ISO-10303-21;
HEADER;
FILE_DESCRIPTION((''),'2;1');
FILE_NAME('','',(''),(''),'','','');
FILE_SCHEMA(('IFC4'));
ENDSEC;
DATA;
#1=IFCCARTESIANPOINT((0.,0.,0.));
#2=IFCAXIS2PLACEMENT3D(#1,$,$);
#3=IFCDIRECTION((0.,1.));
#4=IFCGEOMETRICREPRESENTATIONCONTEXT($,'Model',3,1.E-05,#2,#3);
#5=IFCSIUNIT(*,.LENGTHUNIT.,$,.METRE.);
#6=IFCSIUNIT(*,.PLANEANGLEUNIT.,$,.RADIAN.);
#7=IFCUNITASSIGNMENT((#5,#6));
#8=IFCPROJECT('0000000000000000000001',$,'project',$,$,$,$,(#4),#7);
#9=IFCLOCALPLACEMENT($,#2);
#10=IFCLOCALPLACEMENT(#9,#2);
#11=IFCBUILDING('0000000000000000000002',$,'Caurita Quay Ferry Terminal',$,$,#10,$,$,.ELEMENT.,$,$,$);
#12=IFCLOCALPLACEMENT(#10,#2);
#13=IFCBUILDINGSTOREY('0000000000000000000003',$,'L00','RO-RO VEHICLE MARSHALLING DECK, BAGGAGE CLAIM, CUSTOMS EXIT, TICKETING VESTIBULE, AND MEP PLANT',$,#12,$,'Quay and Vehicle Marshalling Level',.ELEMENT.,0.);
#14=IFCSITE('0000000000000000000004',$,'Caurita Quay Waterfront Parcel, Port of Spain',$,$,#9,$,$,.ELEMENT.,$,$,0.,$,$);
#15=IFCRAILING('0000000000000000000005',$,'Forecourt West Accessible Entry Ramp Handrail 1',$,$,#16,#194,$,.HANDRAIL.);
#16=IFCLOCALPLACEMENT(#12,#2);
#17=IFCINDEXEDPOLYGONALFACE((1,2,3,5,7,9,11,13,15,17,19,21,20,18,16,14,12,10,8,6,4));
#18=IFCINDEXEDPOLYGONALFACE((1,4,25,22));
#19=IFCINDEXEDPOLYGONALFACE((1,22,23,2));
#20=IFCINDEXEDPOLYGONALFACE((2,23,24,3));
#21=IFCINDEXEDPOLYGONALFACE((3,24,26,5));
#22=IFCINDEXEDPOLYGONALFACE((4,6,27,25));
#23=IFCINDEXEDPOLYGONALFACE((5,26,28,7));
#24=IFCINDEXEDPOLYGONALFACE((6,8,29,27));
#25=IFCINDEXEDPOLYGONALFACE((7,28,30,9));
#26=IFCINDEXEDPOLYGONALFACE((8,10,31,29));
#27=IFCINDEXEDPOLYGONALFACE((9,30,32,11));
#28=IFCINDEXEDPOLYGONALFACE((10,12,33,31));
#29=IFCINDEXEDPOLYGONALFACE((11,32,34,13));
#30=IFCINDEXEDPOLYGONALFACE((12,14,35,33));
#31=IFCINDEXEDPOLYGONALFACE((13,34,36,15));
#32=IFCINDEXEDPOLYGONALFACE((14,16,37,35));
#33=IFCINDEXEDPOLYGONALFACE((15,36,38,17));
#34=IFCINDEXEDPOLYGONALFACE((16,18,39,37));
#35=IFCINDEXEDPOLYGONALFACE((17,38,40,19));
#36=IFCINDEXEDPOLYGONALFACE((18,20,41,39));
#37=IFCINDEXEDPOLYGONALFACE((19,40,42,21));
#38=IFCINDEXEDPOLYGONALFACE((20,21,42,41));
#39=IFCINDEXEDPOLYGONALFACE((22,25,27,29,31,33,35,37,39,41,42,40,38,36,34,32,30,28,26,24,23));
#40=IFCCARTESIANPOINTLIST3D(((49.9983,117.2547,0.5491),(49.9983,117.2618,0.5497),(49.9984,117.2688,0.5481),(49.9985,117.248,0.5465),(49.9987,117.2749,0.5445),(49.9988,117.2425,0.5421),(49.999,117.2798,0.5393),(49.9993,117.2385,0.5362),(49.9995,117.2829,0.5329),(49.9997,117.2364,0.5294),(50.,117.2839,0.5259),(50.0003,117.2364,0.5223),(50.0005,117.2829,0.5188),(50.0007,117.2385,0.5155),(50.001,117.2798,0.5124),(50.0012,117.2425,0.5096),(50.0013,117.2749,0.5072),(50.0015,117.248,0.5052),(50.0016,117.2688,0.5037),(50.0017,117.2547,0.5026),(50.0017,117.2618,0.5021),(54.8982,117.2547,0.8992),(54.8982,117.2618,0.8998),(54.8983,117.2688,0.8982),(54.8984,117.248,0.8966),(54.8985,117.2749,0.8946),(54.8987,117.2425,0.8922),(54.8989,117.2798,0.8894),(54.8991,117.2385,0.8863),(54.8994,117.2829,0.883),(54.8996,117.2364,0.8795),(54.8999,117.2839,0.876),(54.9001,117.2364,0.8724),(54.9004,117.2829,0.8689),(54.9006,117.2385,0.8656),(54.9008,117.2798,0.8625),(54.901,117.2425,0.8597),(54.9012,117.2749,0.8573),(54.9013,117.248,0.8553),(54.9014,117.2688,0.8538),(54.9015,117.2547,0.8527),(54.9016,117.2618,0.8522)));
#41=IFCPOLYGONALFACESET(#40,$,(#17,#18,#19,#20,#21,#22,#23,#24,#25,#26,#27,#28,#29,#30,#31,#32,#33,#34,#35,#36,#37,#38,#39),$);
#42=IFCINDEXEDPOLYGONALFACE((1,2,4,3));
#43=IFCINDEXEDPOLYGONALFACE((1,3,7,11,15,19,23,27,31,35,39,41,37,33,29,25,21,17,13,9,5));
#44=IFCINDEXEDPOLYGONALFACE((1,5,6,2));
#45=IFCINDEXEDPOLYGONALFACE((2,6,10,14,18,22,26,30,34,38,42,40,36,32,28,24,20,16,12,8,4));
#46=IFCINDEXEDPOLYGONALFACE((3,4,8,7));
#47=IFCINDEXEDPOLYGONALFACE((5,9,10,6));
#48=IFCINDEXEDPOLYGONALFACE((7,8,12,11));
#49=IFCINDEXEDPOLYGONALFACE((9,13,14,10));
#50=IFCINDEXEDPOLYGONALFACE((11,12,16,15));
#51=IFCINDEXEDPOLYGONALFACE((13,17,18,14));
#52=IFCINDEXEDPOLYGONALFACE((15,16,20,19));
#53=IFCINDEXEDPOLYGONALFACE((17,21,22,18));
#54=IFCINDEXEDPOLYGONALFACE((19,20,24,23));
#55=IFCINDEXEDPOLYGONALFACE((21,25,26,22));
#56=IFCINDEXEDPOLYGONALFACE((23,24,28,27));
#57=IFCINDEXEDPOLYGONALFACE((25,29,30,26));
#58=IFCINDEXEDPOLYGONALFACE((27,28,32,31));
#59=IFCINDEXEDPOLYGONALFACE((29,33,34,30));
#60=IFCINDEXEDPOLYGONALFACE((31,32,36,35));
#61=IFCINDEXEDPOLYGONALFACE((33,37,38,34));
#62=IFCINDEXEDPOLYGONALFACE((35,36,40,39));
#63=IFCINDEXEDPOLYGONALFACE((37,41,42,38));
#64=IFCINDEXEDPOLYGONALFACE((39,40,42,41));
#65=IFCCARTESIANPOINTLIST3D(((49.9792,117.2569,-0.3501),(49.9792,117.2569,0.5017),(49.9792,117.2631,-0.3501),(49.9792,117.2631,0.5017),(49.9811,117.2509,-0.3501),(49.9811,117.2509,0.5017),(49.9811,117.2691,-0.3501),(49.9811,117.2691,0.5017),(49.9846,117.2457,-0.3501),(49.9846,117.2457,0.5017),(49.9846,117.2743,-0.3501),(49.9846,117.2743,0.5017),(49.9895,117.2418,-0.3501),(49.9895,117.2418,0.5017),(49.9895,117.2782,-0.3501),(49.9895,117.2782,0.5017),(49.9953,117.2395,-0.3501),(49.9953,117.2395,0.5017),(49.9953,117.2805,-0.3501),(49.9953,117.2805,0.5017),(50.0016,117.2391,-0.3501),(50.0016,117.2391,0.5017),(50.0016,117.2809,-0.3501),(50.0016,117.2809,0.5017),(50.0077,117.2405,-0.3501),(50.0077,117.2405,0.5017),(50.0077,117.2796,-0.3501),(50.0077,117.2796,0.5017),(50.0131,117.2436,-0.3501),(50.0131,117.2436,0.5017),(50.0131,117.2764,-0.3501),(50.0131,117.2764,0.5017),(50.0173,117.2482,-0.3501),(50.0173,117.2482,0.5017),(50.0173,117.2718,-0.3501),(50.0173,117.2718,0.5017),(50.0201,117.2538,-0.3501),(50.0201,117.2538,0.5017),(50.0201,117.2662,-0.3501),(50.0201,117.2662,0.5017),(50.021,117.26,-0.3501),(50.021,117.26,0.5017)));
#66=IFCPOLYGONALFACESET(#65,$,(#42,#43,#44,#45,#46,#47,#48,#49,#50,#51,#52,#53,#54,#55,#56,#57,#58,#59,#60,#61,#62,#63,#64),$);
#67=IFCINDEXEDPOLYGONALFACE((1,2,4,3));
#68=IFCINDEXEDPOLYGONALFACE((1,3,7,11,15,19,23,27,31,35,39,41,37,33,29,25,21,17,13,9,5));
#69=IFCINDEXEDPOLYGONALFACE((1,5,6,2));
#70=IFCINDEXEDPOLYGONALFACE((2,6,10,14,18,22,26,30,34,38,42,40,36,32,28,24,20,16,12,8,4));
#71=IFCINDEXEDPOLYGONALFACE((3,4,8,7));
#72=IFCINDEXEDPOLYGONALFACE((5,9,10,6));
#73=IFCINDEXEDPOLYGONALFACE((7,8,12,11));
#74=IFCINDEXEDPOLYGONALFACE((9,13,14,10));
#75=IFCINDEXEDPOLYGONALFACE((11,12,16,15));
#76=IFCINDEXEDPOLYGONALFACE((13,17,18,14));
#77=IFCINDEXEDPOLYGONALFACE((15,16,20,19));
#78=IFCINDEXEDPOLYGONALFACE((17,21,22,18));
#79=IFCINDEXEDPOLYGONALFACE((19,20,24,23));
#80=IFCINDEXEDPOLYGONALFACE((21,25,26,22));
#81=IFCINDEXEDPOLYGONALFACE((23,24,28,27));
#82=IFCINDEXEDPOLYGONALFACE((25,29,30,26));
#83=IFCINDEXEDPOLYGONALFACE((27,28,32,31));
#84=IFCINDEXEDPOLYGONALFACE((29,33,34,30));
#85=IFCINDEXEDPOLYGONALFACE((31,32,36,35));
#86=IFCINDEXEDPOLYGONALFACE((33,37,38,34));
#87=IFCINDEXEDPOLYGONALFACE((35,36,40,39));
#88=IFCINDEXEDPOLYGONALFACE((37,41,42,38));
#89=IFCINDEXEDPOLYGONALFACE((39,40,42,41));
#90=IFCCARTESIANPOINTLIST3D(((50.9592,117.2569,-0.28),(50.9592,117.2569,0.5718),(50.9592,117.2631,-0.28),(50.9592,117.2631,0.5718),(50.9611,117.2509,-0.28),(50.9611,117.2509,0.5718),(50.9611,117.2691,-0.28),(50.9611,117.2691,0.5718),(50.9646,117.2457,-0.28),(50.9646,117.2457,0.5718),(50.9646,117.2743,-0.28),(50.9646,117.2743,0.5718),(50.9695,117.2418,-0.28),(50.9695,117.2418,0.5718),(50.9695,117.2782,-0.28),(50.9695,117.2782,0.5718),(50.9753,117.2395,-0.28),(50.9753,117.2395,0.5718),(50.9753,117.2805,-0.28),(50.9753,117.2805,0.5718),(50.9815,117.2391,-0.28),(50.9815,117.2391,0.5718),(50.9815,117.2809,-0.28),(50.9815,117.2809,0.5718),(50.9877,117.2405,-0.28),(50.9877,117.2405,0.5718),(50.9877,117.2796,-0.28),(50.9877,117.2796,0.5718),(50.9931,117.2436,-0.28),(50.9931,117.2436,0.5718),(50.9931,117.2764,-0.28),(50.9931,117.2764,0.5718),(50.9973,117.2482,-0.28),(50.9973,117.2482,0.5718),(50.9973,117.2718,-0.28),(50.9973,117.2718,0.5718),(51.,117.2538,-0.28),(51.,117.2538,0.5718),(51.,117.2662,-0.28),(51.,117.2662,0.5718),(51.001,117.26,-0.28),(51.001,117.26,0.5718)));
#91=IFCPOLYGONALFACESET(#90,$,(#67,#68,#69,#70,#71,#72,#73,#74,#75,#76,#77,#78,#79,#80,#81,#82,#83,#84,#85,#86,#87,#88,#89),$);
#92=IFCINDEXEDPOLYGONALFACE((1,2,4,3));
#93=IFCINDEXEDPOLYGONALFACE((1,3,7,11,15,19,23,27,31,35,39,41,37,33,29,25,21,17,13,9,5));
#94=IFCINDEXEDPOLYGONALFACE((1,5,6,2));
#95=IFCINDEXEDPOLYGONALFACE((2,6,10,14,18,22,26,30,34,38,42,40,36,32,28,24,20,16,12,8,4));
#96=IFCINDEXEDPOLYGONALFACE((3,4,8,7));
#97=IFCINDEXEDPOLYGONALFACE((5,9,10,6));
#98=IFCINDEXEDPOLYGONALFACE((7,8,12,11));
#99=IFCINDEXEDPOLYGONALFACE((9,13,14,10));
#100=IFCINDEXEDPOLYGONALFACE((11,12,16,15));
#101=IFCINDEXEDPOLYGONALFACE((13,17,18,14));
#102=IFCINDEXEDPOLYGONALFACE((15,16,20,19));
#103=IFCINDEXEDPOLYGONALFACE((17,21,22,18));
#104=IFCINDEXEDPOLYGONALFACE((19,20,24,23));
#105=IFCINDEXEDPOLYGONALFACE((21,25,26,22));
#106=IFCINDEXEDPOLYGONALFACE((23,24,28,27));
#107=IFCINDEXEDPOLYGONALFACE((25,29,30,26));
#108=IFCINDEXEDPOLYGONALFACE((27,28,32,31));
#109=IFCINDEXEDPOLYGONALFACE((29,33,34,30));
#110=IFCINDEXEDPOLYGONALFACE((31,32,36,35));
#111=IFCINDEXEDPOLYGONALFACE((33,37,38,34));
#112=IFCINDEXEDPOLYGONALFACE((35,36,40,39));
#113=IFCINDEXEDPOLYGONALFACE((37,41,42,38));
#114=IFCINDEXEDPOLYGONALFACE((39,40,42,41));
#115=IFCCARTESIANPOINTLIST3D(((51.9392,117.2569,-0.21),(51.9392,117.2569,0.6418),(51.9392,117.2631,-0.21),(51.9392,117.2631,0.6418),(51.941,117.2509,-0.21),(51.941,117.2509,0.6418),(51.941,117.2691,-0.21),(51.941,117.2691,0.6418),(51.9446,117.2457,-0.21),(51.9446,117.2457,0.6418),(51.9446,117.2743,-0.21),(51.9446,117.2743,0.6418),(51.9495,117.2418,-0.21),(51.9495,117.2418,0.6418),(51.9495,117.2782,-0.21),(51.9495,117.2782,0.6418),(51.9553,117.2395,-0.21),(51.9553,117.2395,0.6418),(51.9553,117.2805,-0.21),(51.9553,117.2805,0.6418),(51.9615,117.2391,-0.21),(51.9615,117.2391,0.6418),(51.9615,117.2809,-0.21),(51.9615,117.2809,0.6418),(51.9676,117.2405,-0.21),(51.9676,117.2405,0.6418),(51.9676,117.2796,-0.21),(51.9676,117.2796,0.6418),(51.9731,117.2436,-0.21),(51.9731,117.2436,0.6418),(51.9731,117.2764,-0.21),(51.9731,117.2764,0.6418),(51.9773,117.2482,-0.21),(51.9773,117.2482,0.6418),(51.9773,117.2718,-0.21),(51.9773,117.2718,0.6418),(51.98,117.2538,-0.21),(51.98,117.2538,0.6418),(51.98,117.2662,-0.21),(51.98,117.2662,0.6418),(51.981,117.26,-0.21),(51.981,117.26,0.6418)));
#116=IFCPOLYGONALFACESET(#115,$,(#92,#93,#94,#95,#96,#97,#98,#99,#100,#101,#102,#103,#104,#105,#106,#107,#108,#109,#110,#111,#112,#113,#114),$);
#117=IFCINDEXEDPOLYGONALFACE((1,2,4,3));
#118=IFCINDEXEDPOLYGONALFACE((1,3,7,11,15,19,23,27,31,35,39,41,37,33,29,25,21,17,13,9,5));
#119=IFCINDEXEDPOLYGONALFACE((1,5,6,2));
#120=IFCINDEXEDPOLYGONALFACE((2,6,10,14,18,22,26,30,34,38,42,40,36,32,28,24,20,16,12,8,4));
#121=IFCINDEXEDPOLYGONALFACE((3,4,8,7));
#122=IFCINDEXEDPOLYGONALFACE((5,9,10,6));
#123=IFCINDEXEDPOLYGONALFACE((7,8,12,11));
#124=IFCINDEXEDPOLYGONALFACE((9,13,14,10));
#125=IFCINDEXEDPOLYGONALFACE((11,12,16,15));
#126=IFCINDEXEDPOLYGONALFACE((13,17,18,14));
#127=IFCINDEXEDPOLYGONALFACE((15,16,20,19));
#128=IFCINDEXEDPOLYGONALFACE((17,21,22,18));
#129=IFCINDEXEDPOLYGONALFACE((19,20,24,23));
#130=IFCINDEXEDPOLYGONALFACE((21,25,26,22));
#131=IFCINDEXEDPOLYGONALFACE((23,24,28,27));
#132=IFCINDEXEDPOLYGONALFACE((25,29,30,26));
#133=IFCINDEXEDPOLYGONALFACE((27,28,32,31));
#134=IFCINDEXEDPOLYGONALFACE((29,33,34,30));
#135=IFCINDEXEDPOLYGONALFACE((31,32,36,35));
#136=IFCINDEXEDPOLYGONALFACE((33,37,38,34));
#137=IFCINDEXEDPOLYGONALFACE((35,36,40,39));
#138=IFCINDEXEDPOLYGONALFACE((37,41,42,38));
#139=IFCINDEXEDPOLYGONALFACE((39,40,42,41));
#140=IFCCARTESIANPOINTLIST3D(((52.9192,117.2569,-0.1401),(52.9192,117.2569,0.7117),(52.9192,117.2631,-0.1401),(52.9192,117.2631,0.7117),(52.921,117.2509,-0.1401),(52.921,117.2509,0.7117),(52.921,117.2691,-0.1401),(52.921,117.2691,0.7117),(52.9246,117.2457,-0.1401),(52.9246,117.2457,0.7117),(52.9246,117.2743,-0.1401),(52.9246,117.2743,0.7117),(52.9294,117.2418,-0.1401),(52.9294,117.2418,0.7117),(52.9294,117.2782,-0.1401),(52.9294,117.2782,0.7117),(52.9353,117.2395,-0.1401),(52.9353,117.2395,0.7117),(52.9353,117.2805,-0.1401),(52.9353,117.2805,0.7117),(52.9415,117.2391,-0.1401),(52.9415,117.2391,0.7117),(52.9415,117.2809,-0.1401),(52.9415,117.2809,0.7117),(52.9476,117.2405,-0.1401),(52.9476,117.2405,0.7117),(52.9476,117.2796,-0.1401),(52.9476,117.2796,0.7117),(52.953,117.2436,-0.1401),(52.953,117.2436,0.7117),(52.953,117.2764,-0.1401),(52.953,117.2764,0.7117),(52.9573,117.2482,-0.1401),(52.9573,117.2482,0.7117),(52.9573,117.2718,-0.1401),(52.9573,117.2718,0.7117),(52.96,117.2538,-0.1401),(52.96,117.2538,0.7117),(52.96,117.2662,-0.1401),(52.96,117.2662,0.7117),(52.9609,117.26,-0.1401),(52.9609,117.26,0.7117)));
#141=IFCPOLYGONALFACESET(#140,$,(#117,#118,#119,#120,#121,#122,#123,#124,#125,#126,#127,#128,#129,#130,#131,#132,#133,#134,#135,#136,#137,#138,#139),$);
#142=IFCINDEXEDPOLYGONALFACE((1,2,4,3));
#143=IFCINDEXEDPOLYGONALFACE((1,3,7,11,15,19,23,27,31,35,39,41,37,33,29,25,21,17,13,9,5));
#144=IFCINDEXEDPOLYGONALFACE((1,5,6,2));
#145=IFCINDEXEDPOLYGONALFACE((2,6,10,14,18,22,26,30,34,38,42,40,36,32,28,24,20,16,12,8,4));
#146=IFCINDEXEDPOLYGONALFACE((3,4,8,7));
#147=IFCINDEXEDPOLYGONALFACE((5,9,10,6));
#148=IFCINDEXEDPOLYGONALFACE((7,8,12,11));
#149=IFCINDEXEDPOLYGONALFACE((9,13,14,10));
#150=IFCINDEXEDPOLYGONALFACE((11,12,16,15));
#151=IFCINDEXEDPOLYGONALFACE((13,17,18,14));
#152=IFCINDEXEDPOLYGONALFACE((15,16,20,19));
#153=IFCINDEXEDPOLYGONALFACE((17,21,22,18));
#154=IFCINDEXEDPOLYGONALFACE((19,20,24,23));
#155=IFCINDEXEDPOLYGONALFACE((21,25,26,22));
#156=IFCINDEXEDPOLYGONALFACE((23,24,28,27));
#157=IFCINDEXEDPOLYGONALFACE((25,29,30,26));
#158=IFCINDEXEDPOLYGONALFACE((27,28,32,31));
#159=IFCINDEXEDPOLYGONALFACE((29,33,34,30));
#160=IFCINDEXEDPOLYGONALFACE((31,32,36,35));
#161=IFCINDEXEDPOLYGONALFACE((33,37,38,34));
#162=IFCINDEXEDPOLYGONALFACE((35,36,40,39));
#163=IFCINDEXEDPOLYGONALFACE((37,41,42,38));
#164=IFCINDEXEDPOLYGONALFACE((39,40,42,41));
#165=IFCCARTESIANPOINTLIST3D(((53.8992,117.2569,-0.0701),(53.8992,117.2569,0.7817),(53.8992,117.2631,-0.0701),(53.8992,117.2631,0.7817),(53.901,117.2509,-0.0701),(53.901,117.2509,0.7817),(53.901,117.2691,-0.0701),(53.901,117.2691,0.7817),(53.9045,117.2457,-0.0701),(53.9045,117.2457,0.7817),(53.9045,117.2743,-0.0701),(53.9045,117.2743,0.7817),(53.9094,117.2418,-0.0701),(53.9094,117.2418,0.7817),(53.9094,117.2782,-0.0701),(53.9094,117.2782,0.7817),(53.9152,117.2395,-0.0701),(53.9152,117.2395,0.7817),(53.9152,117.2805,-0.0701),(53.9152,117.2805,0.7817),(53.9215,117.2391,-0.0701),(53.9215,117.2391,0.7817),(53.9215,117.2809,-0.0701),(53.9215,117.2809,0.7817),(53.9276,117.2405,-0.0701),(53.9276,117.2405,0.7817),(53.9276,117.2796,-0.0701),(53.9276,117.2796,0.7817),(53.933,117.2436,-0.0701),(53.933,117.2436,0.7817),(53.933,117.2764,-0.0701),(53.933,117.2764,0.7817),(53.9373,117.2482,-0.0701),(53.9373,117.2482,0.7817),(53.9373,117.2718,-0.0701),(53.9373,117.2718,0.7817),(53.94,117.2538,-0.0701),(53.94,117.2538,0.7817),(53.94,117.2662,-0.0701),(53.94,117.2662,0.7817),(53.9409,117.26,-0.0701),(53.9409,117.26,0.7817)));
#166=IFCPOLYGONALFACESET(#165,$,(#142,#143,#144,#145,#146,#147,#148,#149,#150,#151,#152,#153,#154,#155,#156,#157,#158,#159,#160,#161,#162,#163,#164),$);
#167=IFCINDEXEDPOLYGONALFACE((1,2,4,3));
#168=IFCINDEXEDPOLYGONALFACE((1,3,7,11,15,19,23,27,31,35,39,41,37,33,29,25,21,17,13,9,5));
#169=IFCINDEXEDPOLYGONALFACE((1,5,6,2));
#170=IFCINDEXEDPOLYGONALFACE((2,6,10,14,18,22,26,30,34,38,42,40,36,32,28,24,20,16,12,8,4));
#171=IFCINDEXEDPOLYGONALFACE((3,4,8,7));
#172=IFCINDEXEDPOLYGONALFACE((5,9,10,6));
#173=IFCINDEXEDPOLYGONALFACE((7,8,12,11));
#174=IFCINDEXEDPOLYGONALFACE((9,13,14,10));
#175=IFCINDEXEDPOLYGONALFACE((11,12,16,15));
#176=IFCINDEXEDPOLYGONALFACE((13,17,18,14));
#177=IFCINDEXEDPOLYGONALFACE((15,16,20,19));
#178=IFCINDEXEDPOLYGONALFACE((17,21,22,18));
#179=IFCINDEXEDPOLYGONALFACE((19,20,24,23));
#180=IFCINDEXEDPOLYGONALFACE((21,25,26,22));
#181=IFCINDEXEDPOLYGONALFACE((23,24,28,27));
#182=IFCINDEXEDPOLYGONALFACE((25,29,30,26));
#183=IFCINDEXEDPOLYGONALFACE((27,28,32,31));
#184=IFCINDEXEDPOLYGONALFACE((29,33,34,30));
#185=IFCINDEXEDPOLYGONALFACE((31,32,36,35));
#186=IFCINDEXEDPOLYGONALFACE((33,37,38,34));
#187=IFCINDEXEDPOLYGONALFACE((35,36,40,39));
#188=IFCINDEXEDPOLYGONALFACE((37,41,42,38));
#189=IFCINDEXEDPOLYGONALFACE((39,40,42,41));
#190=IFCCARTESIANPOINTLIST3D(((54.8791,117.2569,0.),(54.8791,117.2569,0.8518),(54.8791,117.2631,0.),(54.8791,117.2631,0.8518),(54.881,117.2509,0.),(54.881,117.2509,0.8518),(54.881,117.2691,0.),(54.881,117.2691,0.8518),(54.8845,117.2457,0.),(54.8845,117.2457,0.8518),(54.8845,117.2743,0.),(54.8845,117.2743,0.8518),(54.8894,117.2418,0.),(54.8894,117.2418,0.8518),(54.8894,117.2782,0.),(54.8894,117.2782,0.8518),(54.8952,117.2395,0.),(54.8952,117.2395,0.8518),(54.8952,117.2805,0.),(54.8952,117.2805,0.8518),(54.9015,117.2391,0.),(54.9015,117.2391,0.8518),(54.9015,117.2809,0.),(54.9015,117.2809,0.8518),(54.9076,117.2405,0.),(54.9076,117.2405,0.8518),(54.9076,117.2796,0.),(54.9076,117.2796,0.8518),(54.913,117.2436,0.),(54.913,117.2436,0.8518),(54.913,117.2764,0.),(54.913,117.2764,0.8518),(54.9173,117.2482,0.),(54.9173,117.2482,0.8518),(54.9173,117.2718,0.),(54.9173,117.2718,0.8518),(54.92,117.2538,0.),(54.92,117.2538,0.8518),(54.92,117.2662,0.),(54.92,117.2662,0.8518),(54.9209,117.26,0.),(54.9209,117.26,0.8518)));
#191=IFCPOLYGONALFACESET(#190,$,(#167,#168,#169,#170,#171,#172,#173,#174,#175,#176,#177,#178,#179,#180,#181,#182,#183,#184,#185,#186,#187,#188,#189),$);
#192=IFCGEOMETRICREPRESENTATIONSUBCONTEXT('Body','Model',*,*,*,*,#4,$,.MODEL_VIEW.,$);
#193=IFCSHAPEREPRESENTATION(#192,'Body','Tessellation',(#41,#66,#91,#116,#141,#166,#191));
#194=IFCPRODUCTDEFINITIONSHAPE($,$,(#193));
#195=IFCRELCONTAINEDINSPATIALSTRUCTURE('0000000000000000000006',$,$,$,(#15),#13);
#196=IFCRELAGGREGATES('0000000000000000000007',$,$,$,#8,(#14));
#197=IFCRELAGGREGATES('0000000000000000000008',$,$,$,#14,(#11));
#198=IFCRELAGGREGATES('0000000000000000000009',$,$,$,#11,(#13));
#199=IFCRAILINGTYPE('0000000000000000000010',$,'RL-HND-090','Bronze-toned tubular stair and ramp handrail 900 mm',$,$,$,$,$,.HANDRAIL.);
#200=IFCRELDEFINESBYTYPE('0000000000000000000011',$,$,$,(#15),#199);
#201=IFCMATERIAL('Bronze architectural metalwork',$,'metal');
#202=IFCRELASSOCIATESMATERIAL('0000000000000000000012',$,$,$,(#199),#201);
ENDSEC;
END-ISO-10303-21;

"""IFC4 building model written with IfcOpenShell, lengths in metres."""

from ifc_helpers import new_model, si_unit, direction, frame, origin, origin_2d, place, context, subcontext, project, spatial, circle, extrude, material, type_object, element, save


model = new_model("IFC4")

# Units and contexts
model_context = context("Model", 3, precision=1e-05, world=origin(), true_north=direction((0.0, 1.0)))
body_context = subcontext(model_context, "Body", "Model", "MODEL_VIEW")
ifc_project = project(units=[si_unit("LENGTHUNIT", "METRE"), si_unit("PLANEANGLEUNIT", "RADIAN")], contexts=[model_context])

# Site, building, storey
site_placement = place(None, origin())
site = spatial("IfcSite", under=ifc_project, at=site_placement, Name="Caurita Quay Waterfront Parcel, Port of Spain", CompositionType="ELEMENT", RefElevation=0.0)
building_placement = place(site_placement, origin())
building = spatial("IfcBuilding", under=site, at=building_placement, Name="Caurita Quay Ferry Terminal", CompositionType="ELEMENT")
storey_placement = place(building_placement, origin())
storey = spatial("IfcBuildingStorey", under=building, at=storey_placement, Name="L00", Description="RO-RO VEHICLE MARSHALLING DECK, BAGGAGE CLAIM, CUSTOMS EXIT, TICKETING VESTIBULE, AND MEP PLANT", LongName="Quay and Vehicle Marshalling Level", CompositionType="ELEMENT", Elevation=0.0)

# Railing
ifc_material_1 = material(Name="Bronze architectural metalwork", Category="metal")
railing_type = type_object("IfcRailingType", Name="RL-HND-090", Description="Bronze-toned tubular stair and ramp handrail 900 mm", PredefinedType="HANDRAIL", material=ifc_material_1)
for number, where, name in (
    (1, (50.0, 117.26, -0.3501), "Forecourt West Accessible Entry Ramp Handrail 1"),
):
    element("IfcRailing", number, at=place(storey_placement, frame(where)), inside=storey, type_object=railing_type, Name=name, PredefinedType="HANDRAIL", context=body_context, shape_type="SweptSolid", body=[
        extrude(circle(Radius=0.0239, at=origin_2d()), frame((0.0, 0.0, 0.876), z_axis=(0.997457, 0.0, 0.071268), x_axis=(0.0, 1.0, 0.0)), (0.0, 0.0, 1.0), 4.9124),
        extrude(circle(Radius=0.021, at=origin_2d()), origin(), (0.0, 0.0, 1.0), 0.8518),
        extrude(circle(Radius=0.021, at=origin_2d()), frame((0.98, 0.0, 0.0701)), (0.0, 0.0, 1.0), 0.8518),
        extrude(circle(Radius=0.021, at=origin_2d()), frame((1.96, 0.0, 0.1401)), (0.0, 0.0, 1.0), 0.8518),
        extrude(circle(Radius=0.021, at=origin_2d()), frame((2.9399, 0.0, 0.21)), (0.0, 0.0, 1.0), 0.8518),
        extrude(circle(Radius=0.021, at=origin_2d()), frame((3.9199, 0.0, 0.28)), (0.0, 0.0, 1.0), 0.8518),
        extrude(circle(Radius=0.021, at=origin_2d()), frame((4.8999, 0.0, 0.3501)), (0.0, 0.0, 1.0), 0.8518),
    ])

save(model, "model.ifc")
